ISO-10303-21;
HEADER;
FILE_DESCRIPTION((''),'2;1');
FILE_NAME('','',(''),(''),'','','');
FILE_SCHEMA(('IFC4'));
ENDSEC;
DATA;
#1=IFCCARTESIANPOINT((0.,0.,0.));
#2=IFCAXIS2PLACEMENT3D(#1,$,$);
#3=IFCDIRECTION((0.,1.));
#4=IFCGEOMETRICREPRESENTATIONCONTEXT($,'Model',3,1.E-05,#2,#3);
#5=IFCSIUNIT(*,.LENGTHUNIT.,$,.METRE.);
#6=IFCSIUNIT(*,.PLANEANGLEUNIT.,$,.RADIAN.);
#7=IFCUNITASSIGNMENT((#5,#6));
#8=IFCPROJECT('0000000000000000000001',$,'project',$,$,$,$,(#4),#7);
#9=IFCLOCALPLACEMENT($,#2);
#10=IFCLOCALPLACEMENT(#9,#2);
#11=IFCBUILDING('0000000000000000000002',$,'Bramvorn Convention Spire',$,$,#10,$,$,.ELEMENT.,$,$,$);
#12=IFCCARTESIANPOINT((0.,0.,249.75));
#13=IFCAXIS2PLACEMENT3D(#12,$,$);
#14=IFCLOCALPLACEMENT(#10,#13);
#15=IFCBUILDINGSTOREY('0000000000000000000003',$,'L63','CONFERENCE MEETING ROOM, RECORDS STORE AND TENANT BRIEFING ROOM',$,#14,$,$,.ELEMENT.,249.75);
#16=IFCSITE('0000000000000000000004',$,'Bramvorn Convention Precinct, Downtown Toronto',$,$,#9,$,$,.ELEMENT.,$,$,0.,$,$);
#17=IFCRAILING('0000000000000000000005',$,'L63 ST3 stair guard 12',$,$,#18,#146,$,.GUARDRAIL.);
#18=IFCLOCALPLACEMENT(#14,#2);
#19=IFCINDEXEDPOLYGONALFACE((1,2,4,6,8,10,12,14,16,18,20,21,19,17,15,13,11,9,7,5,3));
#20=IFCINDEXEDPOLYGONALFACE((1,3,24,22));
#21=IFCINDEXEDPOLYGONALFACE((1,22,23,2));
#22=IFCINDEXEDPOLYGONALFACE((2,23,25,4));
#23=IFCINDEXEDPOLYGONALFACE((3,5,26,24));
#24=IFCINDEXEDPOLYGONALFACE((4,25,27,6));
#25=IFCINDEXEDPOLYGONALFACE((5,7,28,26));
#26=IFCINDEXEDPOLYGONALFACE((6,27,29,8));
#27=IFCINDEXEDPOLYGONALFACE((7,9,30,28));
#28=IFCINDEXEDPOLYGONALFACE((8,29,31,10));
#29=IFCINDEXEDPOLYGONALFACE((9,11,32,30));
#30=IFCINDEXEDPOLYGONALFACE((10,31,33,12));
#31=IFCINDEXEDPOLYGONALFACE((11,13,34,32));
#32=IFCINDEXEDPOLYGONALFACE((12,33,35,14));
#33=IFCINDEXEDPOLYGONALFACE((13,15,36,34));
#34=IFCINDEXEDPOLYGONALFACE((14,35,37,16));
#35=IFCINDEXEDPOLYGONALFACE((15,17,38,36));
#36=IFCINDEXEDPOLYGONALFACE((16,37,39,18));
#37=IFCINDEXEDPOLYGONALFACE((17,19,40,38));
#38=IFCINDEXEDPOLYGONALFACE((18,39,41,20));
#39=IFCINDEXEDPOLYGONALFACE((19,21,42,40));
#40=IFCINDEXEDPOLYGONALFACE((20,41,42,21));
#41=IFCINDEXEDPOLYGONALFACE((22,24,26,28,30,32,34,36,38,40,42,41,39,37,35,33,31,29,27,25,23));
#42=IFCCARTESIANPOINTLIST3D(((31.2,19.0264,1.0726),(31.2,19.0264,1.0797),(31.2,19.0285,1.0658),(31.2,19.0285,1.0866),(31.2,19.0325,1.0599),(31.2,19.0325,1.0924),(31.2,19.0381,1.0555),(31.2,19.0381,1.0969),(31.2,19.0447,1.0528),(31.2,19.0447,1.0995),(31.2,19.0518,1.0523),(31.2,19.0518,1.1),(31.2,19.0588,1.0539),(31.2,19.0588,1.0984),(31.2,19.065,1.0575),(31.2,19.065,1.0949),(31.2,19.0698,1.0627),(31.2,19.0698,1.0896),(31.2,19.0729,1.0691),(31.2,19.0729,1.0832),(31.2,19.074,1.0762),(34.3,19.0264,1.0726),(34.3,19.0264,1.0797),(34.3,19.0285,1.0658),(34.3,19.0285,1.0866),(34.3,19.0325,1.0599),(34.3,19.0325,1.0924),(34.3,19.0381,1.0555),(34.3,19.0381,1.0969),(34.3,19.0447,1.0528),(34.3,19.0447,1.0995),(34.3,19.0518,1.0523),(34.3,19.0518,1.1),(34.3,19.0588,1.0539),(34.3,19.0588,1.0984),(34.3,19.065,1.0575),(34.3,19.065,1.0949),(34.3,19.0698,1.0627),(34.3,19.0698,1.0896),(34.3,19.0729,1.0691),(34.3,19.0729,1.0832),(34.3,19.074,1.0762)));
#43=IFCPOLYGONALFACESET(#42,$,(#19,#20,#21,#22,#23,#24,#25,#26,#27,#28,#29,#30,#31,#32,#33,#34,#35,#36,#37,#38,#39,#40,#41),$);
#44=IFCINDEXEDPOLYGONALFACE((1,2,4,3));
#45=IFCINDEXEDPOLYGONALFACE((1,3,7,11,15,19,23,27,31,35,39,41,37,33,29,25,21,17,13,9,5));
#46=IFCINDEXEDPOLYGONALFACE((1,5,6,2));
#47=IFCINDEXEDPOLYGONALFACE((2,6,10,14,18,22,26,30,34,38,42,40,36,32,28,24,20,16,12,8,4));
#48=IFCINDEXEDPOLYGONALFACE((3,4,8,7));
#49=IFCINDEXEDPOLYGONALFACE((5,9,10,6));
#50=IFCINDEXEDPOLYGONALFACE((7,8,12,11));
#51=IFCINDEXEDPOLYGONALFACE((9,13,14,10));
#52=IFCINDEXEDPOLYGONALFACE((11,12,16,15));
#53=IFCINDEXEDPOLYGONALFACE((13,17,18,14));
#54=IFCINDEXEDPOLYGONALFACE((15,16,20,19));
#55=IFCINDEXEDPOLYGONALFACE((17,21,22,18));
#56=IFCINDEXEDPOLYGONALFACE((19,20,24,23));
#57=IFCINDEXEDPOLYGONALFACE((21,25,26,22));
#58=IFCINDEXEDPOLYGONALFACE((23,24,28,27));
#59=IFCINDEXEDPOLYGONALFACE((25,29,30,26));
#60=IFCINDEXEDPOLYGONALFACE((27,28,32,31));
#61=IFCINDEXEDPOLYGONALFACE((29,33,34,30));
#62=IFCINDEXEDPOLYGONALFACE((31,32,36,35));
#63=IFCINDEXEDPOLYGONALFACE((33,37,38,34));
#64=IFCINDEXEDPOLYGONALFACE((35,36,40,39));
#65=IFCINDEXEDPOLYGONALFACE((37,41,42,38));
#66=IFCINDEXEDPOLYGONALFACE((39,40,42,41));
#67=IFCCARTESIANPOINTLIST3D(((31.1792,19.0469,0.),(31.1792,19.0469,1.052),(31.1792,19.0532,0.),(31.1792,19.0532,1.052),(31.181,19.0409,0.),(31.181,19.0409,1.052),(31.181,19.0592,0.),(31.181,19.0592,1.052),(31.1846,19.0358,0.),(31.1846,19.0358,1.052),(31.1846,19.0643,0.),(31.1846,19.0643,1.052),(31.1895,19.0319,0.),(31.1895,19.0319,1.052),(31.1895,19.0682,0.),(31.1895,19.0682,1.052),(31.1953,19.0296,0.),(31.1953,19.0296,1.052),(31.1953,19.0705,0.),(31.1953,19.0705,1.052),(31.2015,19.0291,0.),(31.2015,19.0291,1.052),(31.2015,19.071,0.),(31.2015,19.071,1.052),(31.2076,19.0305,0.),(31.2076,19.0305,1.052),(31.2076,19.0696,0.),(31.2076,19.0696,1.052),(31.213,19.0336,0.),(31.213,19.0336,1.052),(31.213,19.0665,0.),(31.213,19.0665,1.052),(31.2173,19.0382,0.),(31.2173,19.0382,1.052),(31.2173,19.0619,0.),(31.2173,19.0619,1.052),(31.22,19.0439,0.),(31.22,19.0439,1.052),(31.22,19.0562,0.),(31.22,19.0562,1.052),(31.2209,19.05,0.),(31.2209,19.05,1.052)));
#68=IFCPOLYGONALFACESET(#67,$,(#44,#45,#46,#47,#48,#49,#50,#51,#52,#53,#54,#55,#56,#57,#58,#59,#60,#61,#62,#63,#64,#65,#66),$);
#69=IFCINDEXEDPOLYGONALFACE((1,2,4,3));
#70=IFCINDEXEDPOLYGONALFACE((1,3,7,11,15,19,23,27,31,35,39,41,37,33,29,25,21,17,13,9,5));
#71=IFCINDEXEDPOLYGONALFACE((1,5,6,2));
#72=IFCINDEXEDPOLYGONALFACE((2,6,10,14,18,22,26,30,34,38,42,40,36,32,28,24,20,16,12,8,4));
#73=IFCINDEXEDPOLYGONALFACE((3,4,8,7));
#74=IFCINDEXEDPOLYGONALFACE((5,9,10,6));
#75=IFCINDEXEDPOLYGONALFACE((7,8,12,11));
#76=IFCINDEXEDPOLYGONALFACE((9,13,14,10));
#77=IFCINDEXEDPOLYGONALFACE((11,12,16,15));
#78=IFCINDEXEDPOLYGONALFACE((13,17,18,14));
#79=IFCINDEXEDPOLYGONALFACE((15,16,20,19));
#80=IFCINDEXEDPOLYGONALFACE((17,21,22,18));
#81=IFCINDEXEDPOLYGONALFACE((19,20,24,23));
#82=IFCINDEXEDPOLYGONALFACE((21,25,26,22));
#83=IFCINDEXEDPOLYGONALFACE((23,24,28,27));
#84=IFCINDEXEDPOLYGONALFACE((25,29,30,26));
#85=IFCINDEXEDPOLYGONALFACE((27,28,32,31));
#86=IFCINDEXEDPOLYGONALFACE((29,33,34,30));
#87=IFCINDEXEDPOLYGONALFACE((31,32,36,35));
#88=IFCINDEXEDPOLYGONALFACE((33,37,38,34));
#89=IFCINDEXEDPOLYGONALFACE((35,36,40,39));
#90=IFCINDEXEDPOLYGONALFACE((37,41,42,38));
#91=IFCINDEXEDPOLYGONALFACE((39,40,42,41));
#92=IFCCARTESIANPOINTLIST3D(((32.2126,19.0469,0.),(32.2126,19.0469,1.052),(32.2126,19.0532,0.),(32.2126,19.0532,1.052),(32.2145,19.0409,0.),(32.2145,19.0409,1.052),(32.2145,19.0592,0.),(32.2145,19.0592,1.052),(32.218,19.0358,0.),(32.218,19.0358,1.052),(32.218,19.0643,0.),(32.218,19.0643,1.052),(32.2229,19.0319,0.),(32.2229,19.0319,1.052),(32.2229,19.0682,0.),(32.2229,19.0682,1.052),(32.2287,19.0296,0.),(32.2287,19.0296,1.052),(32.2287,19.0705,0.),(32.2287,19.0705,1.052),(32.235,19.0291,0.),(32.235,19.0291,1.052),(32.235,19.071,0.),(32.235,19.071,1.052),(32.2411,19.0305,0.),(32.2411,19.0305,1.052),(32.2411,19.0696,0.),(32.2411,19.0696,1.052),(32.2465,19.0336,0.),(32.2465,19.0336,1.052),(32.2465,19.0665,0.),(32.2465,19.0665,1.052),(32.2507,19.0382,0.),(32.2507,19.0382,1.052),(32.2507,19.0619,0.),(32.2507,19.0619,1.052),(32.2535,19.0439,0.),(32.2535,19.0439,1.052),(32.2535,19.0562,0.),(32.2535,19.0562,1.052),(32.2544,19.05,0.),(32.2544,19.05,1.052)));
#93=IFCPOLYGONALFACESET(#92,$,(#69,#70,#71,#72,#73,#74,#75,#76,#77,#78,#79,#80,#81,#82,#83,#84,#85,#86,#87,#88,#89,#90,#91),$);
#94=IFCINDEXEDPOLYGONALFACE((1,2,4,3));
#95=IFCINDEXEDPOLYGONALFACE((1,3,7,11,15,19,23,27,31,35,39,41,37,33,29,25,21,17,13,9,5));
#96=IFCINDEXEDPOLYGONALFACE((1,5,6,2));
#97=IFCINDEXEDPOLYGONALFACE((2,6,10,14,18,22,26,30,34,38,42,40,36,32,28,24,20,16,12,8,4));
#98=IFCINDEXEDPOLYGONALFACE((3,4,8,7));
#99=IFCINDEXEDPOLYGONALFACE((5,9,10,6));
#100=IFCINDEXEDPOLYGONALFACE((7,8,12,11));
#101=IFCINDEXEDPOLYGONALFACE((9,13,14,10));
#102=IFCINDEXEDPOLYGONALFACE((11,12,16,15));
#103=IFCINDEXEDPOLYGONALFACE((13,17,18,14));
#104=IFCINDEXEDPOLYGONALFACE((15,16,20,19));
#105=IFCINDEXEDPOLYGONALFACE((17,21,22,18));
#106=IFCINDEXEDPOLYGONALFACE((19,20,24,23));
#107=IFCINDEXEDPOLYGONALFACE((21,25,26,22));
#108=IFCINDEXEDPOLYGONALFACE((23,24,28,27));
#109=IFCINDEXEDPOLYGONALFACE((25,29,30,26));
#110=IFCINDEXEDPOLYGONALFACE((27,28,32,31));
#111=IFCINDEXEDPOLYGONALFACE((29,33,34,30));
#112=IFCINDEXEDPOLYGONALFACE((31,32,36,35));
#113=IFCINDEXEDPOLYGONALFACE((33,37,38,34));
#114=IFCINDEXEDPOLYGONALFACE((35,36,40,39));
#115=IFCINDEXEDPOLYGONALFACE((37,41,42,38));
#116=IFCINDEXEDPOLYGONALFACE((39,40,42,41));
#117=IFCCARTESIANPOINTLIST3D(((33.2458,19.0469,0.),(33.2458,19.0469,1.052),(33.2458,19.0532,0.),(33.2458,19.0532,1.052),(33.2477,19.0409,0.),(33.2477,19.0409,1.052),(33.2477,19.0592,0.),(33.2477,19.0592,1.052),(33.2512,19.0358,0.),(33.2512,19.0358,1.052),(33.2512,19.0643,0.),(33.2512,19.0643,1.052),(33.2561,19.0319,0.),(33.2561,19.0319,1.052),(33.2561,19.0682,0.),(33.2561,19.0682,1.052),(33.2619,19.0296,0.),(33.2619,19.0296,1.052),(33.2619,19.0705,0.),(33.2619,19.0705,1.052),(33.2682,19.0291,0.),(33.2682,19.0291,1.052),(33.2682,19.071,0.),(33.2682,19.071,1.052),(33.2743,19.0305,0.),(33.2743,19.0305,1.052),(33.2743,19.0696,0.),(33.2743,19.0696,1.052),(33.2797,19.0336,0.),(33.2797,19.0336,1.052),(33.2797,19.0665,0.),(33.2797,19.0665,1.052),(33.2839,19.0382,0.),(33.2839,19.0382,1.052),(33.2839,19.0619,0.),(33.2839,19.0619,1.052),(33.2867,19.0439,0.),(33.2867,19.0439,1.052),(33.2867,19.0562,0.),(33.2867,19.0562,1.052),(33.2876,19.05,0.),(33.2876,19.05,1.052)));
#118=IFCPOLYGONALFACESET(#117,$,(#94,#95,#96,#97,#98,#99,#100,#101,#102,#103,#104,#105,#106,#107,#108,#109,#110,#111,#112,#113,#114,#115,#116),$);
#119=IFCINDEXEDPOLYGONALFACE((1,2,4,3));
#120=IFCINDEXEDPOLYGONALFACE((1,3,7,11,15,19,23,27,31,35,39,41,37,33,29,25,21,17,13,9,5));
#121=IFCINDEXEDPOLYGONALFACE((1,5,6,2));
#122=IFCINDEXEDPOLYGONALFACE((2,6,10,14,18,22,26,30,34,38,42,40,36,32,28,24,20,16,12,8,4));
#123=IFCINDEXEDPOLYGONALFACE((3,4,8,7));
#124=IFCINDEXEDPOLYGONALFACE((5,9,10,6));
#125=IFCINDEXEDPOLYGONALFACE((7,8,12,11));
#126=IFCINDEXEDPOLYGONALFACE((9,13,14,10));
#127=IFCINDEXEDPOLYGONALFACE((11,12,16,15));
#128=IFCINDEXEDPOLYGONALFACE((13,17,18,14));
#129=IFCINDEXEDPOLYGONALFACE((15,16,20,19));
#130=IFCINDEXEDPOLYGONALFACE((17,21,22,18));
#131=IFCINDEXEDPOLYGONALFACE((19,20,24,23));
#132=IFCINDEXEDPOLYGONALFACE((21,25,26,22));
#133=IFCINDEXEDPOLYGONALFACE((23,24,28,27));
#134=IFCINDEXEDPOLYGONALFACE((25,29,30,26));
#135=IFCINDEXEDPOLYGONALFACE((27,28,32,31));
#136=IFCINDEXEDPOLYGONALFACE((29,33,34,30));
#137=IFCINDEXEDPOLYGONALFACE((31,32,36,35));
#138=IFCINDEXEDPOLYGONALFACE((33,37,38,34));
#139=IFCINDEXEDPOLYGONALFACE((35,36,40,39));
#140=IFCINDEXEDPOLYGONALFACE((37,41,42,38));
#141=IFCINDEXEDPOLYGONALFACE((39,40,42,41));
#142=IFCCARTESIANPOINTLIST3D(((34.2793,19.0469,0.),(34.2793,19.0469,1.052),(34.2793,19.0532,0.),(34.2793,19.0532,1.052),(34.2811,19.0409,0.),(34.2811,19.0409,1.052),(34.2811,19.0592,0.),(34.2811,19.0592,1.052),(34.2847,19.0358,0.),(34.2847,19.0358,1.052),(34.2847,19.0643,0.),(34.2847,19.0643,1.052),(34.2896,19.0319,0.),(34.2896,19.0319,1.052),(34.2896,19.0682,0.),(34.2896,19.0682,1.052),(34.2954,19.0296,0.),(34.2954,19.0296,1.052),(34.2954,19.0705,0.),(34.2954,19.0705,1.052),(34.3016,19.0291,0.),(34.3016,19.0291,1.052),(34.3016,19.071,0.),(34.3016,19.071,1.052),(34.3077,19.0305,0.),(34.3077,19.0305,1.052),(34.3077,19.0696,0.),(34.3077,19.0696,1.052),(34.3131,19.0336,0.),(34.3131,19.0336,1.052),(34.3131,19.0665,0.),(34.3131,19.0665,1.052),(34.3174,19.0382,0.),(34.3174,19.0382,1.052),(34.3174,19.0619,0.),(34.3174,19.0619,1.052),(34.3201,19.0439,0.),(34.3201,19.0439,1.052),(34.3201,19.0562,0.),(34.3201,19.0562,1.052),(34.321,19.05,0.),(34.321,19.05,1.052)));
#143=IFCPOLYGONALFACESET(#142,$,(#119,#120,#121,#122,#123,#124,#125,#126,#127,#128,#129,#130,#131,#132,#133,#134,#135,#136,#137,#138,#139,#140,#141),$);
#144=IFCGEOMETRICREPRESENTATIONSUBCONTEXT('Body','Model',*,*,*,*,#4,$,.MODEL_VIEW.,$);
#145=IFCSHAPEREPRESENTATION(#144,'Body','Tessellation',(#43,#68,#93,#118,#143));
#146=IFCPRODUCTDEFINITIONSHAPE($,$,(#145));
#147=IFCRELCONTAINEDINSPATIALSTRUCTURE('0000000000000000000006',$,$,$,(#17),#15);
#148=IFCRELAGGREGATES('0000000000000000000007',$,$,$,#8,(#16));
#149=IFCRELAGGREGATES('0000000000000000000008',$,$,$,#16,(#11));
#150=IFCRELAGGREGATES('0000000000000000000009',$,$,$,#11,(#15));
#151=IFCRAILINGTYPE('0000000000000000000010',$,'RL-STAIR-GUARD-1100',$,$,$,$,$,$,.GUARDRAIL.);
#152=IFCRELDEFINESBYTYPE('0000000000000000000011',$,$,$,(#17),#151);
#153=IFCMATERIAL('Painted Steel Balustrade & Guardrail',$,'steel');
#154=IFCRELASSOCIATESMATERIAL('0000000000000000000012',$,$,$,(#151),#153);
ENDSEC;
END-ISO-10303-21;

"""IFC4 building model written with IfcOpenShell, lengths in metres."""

from ifc_helpers import new_model, si_unit, direction, frame, origin, origin_2d, place, context, subcontext, project, spatial, circle, extrude, material, type_object, element, save


model = new_model("IFC4")

# Units and contexts
model_context = context("Model", 3, precision=1e-05, world=origin(), true_north=direction((0.0, 1.0)))
body_context = subcontext(model_context, "Body", "Model", "MODEL_VIEW")
ifc_project = project(units=[si_unit("LENGTHUNIT", "METRE"), si_unit("PLANEANGLEUNIT", "RADIAN")], contexts=[model_context])

# Site, building, storey
site_placement = place(None, origin())
site = spatial("IfcSite", under=ifc_project, at=site_placement, Name="Bramvorn Convention Precinct, Downtown Toronto", CompositionType="ELEMENT", RefElevation=0.0)
building_placement = place(site_placement, origin())
building = spatial("IfcBuilding", under=site, at=building_placement, Name="Bramvorn Convention Spire", CompositionType="ELEMENT")
storey_placement = place(building_placement, frame((0.0, 0.0, 249.75)))
storey = spatial("IfcBuildingStorey", under=building, at=storey_placement, Name="L63", Description="CONFERENCE MEETING ROOM, RECORDS STORE AND TENANT BRIEFING ROOM", CompositionType="ELEMENT", Elevation=249.75)

# Railing
ifc_material_1 = material(Name="Painted Steel Balustrade & Guardrail", Category="steel")
railing_type_1 = type_object("IfcRailingType", Name="RL-STAIR-GUARD-1100", PredefinedType="GUARDRAIL", material=ifc_material_1)
railing_1_placement = place(storey_placement, frame((31.2, 19.05, 0.0)))
element("IfcRailing", 1, at=railing_1_placement, inside=storey, type_object=railing_type_1, Name="L63 ST3 stair guard 12", PredefinedType="GUARDRAIL", context=body_context, shape_type="SweptSolid", body=[
    extrude(circle(Radius=0.0239, at=origin_2d()), frame((0.0, 0.0, 1.0762), z_axis=(1.0, 0.0, 0.0), x_axis=(0.0, 1.0, 0.0)), (0.0, 0.0, 1.0), 3.1001),
    extrude(circle(Radius=0.021, at=origin_2d()), origin(), (0.0, 0.0, 1.0), 1.052),
    extrude(circle(Radius=0.021, at=origin_2d()), frame((1.0334, 0.0, 0.0)), (0.0, 0.0, 1.0), 1.052),
    extrude(circle(Radius=0.021, at=origin_2d()), frame((2.0667, 0.0, 0.0)), (0.0, 0.0, 1.0), 1.052),
    extrude(circle(Radius=0.021, at=origin_2d()), frame((3.1001, 0.0, 0.0)), (0.0, 0.0, 1.0), 1.052),
])

save(model, "model.ifc")
